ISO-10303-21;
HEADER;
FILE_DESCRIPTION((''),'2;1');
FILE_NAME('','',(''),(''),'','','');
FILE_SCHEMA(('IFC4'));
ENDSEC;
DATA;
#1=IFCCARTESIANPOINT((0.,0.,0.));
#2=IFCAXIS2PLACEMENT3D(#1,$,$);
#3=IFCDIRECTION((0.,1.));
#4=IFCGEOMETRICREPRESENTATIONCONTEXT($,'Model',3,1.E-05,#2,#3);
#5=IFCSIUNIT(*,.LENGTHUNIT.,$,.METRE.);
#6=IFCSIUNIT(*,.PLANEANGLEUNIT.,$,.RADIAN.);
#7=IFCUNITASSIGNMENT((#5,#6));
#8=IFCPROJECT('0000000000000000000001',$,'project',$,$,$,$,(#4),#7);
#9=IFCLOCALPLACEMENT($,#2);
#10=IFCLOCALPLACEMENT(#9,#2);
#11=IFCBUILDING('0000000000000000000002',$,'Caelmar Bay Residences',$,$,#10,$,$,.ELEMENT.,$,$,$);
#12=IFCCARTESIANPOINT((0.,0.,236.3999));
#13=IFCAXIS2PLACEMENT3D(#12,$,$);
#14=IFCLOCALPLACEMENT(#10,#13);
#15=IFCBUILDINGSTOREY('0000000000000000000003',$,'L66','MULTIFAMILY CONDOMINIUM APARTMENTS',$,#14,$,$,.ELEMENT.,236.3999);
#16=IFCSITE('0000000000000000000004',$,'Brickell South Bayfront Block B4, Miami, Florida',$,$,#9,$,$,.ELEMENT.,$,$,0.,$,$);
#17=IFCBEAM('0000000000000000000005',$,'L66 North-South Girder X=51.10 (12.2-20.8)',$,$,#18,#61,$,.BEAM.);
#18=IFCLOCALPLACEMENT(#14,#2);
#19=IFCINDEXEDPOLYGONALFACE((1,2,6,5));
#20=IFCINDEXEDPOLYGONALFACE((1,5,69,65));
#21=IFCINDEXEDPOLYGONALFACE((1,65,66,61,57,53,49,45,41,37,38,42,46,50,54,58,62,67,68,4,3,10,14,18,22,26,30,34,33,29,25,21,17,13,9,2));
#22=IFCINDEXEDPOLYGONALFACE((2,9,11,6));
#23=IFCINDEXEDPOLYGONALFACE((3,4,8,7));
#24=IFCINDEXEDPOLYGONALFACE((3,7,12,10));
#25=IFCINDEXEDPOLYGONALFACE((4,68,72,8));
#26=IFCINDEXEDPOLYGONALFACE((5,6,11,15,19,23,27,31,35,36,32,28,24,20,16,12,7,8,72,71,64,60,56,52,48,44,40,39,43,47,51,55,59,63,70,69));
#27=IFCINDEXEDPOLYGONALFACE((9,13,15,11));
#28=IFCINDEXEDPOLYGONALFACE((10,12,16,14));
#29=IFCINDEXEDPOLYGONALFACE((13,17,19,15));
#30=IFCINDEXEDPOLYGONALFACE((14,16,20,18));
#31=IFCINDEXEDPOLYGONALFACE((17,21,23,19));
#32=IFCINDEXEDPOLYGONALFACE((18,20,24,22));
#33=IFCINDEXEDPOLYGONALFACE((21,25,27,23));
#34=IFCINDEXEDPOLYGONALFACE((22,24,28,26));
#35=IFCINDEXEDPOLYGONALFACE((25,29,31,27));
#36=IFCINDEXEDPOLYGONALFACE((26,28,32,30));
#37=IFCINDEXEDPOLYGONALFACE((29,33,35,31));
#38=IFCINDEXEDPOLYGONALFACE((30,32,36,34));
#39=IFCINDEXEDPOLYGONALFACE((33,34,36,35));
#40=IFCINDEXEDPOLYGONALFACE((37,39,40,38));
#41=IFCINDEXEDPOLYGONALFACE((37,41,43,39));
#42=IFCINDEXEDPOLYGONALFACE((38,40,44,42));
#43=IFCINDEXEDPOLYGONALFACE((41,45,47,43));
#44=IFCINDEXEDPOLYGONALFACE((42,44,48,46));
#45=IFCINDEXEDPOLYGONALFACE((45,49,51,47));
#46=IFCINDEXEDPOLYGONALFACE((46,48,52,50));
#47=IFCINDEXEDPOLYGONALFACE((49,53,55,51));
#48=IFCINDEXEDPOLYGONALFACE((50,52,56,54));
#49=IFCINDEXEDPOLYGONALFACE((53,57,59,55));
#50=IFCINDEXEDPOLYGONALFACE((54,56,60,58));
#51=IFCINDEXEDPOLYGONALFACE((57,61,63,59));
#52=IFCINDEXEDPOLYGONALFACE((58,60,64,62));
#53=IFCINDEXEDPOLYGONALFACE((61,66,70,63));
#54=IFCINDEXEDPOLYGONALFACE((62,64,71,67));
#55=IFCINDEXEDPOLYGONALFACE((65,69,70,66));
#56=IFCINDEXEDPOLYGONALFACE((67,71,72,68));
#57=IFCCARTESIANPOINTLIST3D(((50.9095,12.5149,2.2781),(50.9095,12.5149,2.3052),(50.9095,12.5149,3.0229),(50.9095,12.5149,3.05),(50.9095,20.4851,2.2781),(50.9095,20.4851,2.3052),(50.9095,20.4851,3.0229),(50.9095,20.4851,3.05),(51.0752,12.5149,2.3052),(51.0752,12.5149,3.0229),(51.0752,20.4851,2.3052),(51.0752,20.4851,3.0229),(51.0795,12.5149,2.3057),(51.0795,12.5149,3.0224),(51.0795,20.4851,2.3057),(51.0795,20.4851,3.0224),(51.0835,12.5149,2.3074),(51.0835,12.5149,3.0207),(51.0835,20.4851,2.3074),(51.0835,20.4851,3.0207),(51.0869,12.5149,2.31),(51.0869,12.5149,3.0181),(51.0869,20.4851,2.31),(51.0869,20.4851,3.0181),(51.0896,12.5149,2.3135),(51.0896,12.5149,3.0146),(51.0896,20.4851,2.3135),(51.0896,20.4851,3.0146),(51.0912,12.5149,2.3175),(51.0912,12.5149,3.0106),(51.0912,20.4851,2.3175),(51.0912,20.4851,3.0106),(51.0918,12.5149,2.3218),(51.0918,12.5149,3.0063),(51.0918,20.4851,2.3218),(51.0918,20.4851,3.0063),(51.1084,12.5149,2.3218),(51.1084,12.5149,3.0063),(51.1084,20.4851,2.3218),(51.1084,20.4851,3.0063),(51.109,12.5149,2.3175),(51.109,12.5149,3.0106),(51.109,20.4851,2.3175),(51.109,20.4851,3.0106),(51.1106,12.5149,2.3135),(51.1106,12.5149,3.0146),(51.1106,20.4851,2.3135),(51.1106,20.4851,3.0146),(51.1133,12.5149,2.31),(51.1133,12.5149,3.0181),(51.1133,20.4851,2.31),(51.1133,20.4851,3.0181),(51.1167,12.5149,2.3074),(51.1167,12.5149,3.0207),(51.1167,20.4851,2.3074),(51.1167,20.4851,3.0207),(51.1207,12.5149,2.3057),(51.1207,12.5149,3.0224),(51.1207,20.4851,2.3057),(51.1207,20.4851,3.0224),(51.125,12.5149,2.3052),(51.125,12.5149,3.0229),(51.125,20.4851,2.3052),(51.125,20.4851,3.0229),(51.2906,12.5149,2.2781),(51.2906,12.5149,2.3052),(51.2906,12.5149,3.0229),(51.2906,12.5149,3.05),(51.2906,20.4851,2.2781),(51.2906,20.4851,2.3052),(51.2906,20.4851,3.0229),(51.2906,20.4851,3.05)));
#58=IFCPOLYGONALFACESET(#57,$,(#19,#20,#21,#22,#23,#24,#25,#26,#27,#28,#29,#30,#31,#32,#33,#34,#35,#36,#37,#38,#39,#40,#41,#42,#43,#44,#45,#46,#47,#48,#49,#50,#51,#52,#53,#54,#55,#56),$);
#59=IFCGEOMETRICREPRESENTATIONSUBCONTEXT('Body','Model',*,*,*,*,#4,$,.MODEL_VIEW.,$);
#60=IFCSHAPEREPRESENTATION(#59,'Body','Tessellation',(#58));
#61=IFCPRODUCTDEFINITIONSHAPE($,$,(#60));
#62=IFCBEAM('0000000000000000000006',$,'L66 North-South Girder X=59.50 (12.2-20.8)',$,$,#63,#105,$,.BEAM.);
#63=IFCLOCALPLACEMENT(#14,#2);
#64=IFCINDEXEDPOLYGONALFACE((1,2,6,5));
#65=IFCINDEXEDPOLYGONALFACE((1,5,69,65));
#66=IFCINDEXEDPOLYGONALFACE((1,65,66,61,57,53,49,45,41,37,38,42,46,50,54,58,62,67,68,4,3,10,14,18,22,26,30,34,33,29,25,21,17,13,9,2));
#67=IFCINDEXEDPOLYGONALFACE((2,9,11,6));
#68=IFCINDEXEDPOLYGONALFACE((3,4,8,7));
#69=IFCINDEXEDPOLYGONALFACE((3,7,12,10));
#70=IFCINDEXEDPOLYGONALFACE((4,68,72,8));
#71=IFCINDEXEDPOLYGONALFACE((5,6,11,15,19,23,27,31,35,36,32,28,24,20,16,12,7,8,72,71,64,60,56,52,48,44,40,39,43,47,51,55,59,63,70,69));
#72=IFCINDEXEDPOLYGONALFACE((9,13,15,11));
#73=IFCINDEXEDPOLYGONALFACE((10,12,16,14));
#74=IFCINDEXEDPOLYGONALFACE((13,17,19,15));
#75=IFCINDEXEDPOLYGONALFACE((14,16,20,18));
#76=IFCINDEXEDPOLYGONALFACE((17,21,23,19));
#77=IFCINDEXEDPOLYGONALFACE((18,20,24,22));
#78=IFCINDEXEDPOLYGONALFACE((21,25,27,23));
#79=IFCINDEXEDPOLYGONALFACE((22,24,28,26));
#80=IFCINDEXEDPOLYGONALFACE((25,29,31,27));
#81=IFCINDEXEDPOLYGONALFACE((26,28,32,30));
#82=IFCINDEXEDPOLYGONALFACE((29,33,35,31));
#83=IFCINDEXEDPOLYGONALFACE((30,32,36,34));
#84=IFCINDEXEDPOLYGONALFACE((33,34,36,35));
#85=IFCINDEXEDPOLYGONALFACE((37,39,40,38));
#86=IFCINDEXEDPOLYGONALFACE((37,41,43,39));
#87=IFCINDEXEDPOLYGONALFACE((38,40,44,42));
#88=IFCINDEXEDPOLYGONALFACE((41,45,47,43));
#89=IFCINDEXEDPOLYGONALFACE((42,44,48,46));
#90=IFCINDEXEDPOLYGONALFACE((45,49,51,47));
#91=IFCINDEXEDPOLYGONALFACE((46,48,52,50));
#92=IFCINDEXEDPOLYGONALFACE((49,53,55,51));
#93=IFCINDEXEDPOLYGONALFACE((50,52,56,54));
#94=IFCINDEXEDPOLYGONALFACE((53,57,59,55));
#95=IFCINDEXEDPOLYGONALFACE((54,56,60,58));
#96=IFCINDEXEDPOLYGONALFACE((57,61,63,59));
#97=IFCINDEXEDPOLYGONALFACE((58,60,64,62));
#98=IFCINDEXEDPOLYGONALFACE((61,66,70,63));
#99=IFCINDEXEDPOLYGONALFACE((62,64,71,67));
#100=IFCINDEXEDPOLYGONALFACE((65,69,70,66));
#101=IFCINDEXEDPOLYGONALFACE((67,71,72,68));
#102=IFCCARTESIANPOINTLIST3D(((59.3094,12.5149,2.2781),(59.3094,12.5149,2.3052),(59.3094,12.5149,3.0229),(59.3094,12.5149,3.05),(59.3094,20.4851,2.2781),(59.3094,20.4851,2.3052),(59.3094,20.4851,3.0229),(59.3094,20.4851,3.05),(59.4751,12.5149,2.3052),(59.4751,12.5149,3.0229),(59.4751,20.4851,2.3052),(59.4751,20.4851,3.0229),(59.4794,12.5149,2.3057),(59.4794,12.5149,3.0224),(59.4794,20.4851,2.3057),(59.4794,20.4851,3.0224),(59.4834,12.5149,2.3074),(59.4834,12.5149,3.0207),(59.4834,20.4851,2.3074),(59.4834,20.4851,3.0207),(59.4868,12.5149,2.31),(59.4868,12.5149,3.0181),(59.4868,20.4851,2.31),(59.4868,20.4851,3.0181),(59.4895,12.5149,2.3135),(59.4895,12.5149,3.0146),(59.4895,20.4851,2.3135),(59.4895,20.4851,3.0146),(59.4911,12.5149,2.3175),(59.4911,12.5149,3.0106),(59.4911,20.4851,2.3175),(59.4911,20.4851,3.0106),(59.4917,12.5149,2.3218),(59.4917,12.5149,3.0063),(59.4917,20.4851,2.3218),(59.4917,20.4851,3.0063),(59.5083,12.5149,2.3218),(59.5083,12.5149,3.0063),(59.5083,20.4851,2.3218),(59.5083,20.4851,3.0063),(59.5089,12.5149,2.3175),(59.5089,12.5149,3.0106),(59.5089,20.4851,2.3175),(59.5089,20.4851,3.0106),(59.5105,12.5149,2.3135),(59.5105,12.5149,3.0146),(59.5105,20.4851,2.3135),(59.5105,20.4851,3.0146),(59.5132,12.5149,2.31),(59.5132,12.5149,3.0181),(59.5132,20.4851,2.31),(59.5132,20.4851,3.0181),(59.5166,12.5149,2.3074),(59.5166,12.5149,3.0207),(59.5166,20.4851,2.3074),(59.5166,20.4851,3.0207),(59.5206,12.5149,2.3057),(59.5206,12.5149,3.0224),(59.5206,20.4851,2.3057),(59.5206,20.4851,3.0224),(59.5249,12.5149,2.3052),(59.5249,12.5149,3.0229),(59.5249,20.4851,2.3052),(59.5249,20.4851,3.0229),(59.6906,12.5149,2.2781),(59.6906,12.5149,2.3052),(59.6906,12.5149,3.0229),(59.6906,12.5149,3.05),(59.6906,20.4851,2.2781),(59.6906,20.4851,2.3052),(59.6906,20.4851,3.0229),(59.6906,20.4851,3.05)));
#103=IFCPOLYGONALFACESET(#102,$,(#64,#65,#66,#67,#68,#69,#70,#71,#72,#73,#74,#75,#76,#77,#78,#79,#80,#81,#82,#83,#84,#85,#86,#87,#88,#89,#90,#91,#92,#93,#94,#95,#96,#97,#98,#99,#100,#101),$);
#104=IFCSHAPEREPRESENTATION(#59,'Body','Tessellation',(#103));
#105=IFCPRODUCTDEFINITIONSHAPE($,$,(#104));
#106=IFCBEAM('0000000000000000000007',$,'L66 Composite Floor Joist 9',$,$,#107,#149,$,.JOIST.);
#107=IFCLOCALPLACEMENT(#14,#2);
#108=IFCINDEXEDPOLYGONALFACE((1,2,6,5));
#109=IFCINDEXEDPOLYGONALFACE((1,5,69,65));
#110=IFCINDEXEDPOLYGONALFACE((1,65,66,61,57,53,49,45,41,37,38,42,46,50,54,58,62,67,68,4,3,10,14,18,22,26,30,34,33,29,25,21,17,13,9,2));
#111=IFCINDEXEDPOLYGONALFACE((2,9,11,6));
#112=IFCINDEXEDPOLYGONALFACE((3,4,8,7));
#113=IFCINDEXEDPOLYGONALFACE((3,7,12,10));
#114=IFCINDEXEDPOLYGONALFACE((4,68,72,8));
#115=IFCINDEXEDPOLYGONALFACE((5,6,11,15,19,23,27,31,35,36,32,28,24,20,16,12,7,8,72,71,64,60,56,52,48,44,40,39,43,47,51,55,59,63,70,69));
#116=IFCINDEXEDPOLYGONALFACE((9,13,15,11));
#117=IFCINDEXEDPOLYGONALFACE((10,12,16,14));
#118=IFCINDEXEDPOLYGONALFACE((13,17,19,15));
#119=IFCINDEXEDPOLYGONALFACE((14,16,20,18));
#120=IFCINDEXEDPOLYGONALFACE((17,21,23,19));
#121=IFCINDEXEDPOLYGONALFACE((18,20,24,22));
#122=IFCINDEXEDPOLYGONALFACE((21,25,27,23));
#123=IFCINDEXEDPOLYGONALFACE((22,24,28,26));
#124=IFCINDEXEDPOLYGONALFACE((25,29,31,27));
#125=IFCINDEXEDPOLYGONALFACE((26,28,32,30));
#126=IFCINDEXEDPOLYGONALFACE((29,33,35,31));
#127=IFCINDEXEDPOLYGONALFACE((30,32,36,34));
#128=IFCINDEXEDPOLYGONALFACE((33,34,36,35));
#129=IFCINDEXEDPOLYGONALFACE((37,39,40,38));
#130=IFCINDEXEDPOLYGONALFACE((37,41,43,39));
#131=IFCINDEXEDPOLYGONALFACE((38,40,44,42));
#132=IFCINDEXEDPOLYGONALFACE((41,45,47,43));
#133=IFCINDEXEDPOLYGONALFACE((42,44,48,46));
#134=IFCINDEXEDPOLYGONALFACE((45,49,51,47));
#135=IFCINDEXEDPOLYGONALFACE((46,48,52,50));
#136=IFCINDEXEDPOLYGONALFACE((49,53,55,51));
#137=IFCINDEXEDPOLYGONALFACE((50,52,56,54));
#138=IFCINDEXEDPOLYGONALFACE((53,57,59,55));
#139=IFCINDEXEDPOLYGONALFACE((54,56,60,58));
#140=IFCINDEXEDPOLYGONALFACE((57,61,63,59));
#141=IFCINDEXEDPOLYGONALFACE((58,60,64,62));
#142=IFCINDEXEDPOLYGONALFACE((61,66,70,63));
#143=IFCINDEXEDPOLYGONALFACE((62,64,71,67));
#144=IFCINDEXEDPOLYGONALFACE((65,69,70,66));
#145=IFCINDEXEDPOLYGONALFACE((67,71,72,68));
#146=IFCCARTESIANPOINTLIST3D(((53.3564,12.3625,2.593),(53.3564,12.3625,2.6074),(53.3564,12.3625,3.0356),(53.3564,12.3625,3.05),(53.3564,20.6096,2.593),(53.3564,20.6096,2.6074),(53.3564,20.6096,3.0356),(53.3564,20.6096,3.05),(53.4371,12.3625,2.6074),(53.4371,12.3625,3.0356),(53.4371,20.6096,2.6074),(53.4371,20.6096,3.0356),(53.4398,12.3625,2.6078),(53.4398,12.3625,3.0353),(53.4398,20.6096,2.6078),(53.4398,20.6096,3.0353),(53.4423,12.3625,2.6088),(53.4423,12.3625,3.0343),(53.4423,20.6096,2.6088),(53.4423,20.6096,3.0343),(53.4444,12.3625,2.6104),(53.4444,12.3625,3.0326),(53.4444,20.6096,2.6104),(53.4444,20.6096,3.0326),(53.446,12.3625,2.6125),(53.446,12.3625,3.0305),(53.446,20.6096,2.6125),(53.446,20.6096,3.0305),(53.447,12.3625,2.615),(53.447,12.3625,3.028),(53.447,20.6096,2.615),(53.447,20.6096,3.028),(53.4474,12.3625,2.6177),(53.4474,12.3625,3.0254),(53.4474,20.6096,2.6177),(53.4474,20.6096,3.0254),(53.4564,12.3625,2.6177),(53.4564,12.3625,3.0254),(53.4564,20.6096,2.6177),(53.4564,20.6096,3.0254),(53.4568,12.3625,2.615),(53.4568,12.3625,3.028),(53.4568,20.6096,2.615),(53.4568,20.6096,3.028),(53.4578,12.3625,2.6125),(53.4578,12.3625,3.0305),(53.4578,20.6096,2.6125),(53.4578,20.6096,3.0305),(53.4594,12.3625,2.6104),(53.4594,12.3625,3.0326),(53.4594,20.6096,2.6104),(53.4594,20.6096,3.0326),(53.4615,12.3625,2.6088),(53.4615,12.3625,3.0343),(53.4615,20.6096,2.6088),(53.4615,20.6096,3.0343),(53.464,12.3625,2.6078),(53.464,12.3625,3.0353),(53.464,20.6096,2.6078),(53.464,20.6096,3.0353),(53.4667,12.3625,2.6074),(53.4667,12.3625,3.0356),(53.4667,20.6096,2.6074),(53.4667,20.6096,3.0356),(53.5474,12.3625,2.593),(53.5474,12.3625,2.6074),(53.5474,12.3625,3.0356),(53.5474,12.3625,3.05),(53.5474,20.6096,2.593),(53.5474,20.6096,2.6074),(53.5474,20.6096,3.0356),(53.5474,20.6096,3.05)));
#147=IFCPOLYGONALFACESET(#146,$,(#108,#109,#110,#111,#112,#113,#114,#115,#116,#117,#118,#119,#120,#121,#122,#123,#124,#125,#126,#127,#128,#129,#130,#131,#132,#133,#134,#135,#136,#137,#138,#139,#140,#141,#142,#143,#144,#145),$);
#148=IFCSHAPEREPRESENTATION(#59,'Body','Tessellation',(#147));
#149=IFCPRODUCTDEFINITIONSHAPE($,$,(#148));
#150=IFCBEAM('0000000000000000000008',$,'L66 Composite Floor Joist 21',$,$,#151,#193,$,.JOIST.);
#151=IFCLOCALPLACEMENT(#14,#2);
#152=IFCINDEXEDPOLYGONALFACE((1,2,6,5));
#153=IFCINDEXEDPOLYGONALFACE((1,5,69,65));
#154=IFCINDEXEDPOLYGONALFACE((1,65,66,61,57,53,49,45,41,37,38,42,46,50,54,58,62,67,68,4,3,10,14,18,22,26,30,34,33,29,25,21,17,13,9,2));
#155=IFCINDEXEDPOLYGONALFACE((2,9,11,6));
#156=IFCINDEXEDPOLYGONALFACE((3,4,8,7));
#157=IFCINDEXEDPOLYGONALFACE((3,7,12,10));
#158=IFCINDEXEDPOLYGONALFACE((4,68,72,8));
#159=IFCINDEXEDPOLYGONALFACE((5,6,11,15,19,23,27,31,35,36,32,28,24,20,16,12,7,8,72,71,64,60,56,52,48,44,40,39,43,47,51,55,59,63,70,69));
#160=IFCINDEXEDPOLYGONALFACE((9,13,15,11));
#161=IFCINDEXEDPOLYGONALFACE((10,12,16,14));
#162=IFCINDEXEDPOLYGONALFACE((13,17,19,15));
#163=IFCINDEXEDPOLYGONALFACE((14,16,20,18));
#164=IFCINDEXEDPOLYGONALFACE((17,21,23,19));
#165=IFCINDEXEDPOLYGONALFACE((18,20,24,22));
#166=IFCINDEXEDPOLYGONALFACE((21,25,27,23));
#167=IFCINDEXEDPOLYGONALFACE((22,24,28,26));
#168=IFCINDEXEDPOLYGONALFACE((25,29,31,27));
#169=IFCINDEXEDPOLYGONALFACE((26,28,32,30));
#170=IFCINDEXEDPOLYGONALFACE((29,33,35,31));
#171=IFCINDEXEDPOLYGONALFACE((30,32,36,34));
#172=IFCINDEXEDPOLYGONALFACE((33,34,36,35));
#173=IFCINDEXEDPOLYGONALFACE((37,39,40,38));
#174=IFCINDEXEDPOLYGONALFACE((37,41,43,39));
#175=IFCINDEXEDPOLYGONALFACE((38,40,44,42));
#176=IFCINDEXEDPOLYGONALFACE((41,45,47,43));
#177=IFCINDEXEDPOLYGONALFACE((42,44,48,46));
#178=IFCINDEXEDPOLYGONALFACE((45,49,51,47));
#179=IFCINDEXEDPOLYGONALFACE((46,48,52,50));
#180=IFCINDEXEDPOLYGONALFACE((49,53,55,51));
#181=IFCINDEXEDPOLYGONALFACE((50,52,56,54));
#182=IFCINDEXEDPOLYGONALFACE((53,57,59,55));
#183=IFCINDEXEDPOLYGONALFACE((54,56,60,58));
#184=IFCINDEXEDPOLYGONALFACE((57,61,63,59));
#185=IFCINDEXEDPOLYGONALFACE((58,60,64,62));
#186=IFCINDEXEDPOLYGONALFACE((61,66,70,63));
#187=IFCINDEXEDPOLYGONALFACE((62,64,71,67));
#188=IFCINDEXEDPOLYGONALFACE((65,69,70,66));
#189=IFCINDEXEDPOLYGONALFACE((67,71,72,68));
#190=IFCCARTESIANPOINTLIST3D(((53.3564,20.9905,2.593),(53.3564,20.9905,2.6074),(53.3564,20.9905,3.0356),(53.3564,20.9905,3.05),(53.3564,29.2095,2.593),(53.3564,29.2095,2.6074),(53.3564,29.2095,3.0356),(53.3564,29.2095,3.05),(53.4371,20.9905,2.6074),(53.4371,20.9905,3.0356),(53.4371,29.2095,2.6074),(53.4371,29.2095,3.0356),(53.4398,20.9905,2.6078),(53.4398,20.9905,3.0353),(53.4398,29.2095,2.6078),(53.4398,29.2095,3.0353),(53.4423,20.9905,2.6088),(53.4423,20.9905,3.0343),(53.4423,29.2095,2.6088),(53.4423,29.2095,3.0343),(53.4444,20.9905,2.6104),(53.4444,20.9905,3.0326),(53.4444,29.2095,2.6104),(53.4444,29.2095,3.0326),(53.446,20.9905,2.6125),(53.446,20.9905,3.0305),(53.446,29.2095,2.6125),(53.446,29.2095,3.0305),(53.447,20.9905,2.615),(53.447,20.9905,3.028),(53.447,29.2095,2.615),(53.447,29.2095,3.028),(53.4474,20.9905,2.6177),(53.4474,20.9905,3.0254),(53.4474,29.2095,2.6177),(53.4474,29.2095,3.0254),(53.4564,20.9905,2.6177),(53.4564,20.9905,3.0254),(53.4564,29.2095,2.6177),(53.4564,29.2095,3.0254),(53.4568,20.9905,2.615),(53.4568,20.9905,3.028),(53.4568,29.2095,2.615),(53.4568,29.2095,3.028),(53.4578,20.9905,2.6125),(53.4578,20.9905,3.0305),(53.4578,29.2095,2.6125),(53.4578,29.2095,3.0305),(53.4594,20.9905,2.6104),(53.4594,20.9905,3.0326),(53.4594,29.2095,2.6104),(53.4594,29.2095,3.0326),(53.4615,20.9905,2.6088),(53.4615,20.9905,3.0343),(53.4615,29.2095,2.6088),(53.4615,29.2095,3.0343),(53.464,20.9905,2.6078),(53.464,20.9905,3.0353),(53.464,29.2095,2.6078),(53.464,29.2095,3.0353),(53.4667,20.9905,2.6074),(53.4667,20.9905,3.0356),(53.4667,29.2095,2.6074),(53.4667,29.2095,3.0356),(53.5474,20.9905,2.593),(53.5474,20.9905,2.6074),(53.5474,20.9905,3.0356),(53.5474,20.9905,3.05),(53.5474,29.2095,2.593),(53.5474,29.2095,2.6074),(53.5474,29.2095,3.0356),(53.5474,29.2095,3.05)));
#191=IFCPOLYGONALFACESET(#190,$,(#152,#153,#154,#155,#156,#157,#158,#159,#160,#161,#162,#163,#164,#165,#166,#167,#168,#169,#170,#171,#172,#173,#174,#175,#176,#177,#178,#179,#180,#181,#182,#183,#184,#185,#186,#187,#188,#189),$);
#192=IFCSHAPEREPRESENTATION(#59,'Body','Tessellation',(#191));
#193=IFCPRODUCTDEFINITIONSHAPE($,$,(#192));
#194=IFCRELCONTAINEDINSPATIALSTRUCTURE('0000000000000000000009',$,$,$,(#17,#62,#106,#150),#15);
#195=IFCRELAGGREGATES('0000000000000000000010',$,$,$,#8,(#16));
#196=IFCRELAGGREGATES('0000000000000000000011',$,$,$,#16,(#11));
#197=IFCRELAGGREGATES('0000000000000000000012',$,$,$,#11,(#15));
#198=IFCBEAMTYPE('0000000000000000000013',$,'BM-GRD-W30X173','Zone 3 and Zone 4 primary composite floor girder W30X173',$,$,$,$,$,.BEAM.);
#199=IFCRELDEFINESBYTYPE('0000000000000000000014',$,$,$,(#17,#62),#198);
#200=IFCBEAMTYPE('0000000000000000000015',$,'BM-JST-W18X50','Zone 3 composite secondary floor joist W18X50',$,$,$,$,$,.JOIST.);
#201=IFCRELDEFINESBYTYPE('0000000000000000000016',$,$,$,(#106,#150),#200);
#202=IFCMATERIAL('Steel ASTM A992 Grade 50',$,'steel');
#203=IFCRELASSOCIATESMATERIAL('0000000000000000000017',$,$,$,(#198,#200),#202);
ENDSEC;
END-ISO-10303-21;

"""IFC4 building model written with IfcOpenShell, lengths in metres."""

from ifc_helpers import new_model, si_unit, direction, frame, origin, origin_2d, place, context, subcontext, project, spatial, i_section, extrude, material, material_profile, profile_set, type_object, element, save


model = new_model("IFC4")

# Units and contexts
model_context = context("Model", 3, precision=1e-05, world=origin(), true_north=direction((0.0, 1.0)))
body_context = subcontext(model_context, "Body", "Model", "MODEL_VIEW")
ifc_project = project(units=[si_unit("LENGTHUNIT", "METRE"), si_unit("PLANEANGLEUNIT", "RADIAN")], contexts=[model_context])

# Site, building, storey
site_placement = place(None, origin())
site = spatial("IfcSite", under=ifc_project, at=site_placement, Name="Brickell South Bayfront Block B4, Miami, Florida", CompositionType="ELEMENT", RefElevation=0.0)
building_placement = place(site_placement, origin())
building = spatial("IfcBuilding", under=site, at=building_placement, Name="Caelmar Bay Residences", CompositionType="ELEMENT")
storey_placement = place(building_placement, frame((0.0, 0.0, 236.3999)))
storey = spatial("IfcBuildingStorey", under=building, at=storey_placement, Name="L66", Description="MULTIFAMILY CONDOMINIUM APARTMENTS", CompositionType="ELEMENT", Elevation=236.3999)

# Beams
ifc_material_1 = material(Name="Steel ASTM A992 Grade 50", Category="steel")
ifc_material_profile_1 = material_profile(ifc_material_1, i_section(OverallWidth=0.3811, OverallDepth=0.772, WebThickness=0.0166, FlangeThickness=0.0271, FilletRadius=0.0166, at=origin_2d()), Name="W30X173")
ifc_profile_set_1 = profile_set([ifc_material_profile_1], Name="Steel ASTM A992 Grade 50")
beam_type_1 = type_object("IfcBeamType", Name="BM-GRD-W30X173", Description="Zone 3 and Zone 4 primary composite floor girder W30X173", PredefinedType="BEAM", material=ifc_profile_set_1)
for number, where, z_axis, x_axis, name in (
    (1, (51.1001, 12.5149, 2.6641), (0.0, 1.0, 0.0), (-1.0, 0.0, 0.0), "L66 North-South Girder X=51.10 (12.2-20.8)"),
    (2, (59.5, 12.5149, 2.6641), (0.0, 1.0, 0.0), (-1.0, 0.0, 0.0), "L66 North-South Girder X=59.50 (12.2-20.8)"),
):
    element("IfcBeam", number, at=place(storey_placement, frame(where, z_axis=z_axis, x_axis=x_axis)), inside=storey, type_object=beam_type_1, Name=name, PredefinedType="BEAM", context=body_context, shape_type="SweptSolid", body=[
        extrude(i_section(OverallWidth=0.3811, OverallDepth=0.772, WebThickness=0.0166, FlangeThickness=0.0271, FilletRadius=0.0166, at=origin_2d()), origin(), (0.0, 0.0, 1.0), 7.9702),
    ])
ifc_material_profile_2 = material_profile(ifc_material_1, i_section(OverallWidth=0.1909, OverallDepth=0.457, WebThickness=0.009, FlangeThickness=0.0144, FilletRadius=0.0103, at=origin_2d()), Name="W18X50")
ifc_profile_set_2 = profile_set([ifc_material_profile_2], Name="Steel ASTM A992 Grade 50")
beam_type_2 = type_object("IfcBeamType", Name="BM-JST-W18X50", Description="Zone 3 composite secondary floor joist W18X50", PredefinedType="JOIST", material=ifc_profile_set_2)
beam_1_placement = place(storey_placement, frame((53.4519, 12.3625, 2.8215), z_axis=(0.0, 1.0, 0.0), x_axis=(-1.0, 0.0, 0.0)))
element("IfcBeam", 3, at=beam_1_placement, inside=storey, type_object=beam_type_2, Name="L66 Composite Floor Joist 9", PredefinedType="JOIST", context=body_context, shape_type="SweptSolid", body=[
    extrude(i_section(OverallWidth=0.1909, OverallDepth=0.457, WebThickness=0.009, FlangeThickness=0.0144, FilletRadius=0.0103, at=origin_2d()), origin(), (0.0, 0.0, 1.0), 8.2471),
])
beam_2_placement = place(storey_placement, frame((53.4519, 20.9905, 2.8215), z_axis=(0.0, 1.0, 0.0), x_axis=(-1.0, 0.0, 0.0)))
element("IfcBeam", 4, at=beam_2_placement, inside=storey, type_object=beam_type_2, Name="L66 Composite Floor Joist 21", PredefinedType="JOIST", context=body_context, shape_type="SweptSolid", body=[
    extrude(i_section(OverallWidth=0.1909, OverallDepth=0.457, WebThickness=0.009, FlangeThickness=0.0144, FilletRadius=0.0103, at=origin_2d()), origin(), (0.0, 0.0, 1.0), 8.219),
])

save(model, "model.ifc")
